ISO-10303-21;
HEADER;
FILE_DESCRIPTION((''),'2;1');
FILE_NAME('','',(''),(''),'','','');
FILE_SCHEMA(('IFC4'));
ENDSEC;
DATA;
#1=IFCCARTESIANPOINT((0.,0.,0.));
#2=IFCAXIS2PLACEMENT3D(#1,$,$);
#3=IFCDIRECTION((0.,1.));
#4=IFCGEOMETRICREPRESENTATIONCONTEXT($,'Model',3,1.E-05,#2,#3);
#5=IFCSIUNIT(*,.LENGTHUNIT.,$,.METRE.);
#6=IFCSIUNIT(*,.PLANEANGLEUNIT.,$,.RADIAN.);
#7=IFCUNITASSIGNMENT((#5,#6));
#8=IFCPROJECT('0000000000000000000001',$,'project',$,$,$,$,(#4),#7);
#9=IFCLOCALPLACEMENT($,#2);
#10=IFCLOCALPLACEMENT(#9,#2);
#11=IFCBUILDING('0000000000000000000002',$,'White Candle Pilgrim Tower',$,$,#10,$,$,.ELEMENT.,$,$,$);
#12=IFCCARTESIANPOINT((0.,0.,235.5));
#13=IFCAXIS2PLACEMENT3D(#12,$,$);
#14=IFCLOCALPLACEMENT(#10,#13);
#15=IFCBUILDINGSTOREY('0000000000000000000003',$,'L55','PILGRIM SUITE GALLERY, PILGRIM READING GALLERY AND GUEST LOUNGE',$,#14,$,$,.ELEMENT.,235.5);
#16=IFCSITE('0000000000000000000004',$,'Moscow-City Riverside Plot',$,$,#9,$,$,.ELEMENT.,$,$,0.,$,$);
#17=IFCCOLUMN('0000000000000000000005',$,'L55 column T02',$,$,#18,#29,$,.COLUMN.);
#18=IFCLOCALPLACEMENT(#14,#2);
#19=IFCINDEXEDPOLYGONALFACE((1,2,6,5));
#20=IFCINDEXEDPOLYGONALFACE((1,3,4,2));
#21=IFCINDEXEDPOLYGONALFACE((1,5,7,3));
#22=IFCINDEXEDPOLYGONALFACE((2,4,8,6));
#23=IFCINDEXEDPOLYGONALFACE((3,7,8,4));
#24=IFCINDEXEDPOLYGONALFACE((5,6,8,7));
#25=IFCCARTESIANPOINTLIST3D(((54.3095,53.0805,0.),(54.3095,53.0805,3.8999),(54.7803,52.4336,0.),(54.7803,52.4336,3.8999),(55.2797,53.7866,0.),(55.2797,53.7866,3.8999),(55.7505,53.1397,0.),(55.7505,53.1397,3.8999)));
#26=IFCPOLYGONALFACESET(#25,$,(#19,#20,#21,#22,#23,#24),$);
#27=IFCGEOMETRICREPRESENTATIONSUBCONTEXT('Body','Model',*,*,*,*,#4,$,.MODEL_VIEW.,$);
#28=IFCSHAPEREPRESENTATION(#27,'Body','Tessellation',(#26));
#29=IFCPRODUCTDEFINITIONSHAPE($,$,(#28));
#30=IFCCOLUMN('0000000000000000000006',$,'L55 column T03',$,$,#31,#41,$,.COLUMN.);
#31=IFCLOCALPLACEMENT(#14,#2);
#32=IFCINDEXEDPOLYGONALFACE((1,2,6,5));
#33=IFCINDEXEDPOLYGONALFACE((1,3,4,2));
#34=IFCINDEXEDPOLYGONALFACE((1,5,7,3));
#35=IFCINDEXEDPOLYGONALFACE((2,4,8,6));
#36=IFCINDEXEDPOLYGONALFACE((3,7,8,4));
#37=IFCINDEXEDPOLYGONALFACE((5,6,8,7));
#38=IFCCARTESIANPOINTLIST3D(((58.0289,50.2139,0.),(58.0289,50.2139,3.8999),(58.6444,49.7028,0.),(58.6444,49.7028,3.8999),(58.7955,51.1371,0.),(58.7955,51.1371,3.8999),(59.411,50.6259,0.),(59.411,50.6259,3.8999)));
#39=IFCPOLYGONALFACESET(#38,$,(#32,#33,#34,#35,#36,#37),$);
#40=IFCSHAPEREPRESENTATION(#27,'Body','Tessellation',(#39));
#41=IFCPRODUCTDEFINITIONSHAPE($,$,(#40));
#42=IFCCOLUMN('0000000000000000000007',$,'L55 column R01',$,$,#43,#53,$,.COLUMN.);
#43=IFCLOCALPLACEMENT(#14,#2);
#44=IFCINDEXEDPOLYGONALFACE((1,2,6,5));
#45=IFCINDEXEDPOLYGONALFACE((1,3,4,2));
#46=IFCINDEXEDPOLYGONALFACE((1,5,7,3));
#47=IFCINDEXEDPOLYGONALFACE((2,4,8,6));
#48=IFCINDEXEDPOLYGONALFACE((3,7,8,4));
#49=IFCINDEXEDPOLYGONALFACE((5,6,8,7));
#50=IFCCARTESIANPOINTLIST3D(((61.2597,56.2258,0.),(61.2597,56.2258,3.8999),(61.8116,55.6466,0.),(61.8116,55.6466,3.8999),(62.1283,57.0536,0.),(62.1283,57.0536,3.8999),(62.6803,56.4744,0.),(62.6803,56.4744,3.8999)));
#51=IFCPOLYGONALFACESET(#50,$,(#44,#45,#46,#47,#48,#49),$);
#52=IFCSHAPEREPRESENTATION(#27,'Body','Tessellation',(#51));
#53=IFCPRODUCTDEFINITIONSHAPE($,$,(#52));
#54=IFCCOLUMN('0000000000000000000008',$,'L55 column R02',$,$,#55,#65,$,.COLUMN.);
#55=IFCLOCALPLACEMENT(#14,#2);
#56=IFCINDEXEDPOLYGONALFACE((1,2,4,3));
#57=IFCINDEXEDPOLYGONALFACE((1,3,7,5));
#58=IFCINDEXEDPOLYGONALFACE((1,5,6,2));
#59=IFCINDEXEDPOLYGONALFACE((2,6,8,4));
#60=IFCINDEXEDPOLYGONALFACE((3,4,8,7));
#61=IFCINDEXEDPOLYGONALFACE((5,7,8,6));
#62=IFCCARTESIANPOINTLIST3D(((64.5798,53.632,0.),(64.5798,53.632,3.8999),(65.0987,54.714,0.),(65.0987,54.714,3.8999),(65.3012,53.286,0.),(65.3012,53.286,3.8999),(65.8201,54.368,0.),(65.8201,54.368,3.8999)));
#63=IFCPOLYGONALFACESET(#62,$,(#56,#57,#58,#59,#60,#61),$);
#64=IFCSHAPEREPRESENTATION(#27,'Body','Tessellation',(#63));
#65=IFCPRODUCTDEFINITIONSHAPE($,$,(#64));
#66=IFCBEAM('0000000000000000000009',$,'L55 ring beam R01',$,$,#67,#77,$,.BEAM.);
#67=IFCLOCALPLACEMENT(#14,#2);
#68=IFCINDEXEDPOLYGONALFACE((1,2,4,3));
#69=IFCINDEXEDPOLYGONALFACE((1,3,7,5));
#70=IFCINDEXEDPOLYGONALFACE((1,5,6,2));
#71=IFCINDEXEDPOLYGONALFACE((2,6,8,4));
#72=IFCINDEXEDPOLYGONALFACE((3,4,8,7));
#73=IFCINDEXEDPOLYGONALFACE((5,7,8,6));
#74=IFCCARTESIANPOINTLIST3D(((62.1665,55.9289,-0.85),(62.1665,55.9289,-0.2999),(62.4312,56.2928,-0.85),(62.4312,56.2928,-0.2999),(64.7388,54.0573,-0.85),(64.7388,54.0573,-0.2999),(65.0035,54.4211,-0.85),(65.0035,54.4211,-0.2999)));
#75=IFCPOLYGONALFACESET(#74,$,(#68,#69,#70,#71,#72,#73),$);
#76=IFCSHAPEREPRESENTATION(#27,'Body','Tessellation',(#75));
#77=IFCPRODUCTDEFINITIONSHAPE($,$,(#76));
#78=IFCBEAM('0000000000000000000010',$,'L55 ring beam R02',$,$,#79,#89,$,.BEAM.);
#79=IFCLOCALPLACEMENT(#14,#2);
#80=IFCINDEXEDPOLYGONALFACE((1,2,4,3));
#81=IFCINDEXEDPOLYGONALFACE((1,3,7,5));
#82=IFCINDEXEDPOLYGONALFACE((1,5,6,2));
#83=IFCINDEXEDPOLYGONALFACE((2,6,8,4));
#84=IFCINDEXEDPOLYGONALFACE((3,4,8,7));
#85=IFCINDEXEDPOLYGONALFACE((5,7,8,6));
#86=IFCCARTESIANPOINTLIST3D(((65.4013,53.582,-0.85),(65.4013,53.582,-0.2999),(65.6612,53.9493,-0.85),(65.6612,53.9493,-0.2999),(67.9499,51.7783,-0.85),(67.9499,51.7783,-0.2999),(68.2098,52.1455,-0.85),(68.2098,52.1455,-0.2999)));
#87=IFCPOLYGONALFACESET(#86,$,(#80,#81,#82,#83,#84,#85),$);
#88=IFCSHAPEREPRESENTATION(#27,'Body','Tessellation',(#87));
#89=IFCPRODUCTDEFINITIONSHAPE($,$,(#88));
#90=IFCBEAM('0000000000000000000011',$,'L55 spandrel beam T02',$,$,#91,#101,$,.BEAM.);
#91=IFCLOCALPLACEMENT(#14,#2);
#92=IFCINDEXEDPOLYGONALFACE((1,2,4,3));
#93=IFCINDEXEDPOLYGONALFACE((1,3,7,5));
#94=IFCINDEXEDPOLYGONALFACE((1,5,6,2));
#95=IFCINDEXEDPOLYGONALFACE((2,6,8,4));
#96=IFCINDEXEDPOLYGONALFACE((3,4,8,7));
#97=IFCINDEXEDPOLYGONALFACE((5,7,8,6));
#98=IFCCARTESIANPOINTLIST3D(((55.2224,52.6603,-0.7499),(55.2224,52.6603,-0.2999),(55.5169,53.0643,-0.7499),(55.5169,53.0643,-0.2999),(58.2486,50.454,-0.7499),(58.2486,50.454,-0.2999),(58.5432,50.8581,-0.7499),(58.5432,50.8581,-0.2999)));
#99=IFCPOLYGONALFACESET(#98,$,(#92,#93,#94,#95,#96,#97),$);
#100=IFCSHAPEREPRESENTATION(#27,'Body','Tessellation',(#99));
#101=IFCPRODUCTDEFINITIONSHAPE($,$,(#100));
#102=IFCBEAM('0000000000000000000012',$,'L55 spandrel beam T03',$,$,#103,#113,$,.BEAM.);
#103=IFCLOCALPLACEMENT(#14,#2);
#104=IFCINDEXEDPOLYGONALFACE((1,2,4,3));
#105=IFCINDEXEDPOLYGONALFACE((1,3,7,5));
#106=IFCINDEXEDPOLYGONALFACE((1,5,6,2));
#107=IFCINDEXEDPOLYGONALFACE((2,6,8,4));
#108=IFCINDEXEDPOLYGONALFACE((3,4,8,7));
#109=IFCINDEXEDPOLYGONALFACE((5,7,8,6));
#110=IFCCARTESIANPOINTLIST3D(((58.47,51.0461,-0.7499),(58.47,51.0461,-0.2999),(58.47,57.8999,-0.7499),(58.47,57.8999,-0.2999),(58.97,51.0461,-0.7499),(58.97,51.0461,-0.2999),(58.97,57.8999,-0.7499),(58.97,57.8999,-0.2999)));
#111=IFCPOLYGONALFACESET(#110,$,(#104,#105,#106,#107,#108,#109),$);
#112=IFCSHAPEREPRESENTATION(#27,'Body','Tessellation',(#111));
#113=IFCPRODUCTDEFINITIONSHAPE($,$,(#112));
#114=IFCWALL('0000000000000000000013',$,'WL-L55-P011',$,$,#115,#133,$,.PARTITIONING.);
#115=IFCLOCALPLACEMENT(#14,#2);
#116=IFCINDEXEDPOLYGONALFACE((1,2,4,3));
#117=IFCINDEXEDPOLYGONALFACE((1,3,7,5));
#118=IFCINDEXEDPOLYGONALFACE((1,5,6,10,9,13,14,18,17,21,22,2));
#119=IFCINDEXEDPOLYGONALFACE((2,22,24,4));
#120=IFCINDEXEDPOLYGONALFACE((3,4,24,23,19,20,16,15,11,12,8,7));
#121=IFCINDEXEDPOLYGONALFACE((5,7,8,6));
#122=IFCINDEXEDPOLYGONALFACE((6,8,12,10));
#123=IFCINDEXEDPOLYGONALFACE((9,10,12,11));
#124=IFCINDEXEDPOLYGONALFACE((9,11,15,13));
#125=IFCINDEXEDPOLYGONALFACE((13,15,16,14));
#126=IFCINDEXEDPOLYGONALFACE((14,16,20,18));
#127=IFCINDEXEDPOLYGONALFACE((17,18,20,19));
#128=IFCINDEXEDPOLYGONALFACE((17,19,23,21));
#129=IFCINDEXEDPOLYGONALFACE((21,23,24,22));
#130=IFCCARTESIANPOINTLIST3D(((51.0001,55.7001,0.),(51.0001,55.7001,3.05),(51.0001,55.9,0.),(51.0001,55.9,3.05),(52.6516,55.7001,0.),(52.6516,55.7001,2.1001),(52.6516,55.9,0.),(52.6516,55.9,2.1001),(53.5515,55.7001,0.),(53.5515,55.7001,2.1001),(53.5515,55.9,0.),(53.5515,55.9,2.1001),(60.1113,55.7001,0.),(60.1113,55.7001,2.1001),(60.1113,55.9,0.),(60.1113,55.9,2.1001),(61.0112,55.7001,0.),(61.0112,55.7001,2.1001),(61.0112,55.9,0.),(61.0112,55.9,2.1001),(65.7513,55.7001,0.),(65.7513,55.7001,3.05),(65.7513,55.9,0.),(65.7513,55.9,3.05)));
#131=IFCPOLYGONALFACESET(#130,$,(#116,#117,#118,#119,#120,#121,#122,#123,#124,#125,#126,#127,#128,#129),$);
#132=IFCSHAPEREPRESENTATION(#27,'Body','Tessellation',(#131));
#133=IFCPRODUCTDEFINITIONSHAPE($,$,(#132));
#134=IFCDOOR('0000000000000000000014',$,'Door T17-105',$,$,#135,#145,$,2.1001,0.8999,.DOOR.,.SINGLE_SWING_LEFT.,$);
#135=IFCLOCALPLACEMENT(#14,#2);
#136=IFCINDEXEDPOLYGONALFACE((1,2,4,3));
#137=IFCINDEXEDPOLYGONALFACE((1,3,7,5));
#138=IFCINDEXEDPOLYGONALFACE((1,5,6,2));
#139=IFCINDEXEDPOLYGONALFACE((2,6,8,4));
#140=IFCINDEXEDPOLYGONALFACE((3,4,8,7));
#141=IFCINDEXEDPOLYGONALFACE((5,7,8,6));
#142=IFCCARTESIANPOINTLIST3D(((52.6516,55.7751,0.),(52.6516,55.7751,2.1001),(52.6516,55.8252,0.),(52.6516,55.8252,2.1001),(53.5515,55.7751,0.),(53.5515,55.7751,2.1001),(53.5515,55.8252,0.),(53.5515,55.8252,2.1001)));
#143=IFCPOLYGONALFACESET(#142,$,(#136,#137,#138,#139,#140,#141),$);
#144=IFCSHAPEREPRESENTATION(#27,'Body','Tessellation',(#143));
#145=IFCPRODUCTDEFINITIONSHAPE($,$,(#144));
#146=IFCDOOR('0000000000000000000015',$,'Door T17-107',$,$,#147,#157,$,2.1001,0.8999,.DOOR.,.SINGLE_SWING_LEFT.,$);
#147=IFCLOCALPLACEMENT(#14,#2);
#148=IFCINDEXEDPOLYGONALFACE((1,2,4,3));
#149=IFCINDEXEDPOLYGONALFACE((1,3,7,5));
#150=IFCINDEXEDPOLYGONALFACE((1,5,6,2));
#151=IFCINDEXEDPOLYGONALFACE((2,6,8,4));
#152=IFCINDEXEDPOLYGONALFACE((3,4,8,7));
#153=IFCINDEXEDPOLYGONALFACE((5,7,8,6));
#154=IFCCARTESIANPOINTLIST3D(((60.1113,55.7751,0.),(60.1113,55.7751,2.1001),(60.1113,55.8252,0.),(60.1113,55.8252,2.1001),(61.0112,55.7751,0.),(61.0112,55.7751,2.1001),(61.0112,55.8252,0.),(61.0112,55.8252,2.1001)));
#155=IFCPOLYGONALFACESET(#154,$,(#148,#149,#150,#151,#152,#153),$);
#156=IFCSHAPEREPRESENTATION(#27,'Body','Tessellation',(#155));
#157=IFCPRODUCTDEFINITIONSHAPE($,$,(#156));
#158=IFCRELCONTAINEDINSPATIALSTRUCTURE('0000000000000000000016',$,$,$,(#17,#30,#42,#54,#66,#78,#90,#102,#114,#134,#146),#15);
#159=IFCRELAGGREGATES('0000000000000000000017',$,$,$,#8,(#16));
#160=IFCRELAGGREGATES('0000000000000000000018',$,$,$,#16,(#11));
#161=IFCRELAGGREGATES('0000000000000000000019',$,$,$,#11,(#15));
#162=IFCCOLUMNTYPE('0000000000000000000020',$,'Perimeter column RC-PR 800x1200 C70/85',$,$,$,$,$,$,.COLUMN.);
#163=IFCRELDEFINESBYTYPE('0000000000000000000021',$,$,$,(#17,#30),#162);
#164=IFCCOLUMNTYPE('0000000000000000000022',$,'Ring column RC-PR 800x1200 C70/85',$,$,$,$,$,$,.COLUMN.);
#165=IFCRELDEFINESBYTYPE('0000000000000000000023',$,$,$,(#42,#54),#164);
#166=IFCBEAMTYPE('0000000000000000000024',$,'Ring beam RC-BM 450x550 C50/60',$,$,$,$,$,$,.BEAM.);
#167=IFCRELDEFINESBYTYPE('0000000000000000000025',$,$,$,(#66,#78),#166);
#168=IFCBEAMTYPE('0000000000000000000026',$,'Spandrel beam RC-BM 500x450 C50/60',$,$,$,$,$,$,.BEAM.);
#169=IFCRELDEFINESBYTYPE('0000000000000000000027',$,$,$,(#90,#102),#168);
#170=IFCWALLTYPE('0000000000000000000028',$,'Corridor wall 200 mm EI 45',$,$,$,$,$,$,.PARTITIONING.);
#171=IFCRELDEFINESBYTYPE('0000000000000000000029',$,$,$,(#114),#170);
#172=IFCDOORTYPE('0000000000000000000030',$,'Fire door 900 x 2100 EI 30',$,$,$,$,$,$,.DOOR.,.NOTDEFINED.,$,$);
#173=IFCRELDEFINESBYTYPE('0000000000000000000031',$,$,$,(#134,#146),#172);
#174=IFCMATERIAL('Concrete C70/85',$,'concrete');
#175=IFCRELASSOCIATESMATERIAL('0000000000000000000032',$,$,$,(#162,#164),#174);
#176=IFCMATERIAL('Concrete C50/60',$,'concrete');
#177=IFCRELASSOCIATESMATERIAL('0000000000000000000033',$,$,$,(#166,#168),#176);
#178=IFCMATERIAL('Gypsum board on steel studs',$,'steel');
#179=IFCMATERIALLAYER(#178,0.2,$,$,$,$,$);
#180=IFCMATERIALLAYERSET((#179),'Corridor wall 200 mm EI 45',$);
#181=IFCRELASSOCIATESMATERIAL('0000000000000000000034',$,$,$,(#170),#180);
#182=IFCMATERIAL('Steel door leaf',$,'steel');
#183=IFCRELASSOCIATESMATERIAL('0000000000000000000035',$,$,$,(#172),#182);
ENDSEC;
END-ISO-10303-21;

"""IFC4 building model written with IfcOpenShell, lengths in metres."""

from ifc_helpers import new_model, si_unit, direction, frame, frame_2d, origin, origin_2d, place, context, subcontext, project, spatial, rectangle, extrude, material, layer, layer_set, material_profile, profile_set, type_object, element, fill, save


model = new_model("IFC4")

# Units and contexts
model_context = context("Model", 3, precision=1e-05, world=origin(), true_north=direction((0.0, 1.0)))
body_context = subcontext(model_context, "Body", "Model", "MODEL_VIEW")
ifc_project = project(units=[si_unit("LENGTHUNIT", "METRE"), si_unit("PLANEANGLEUNIT", "RADIAN")], contexts=[model_context])

# Site, building, storey
site_placement = place(None, origin())
site = spatial("IfcSite", under=ifc_project, at=site_placement, Name="Moscow-City Riverside Plot", CompositionType="ELEMENT", RefElevation=0.0)
building_placement = place(site_placement, origin())
building = spatial("IfcBuilding", under=site, at=building_placement, Name="White Candle Pilgrim Tower", CompositionType="ELEMENT")
storey_placement = place(building_placement, frame((0.0, 0.0, 235.5)))
storey = spatial("IfcBuildingStorey", under=building, at=storey_placement, Name="L55", Description="PILGRIM SUITE GALLERY, PILGRIM READING GALLERY AND GUEST LOUNGE", CompositionType="ELEMENT", Elevation=235.5)

# Columns
ifc_material_1 = material(Name="Concrete C70/85", Category="concrete")
ifc_material_profile_1 = material_profile(ifc_material_1, rectangle(XDim=0.8, YDim=1.2, at=origin_2d()), Name="RC-PR 800x1200")
ifc_profile_set_1 = profile_set([ifc_material_profile_1], Name="Concrete C70/85")
column_type_1 = type_object("IfcColumnType", Name="Perimeter column RC-PR 800x1200 C70/85", PredefinedType="COLUMN", material=ifc_profile_set_1)
for number, where, z_axis, x_axis, name in (
    (1, (55.03, 53.1101, 0.0), (0.0, 0.0, 1.0), (-0.588463, 0.808524, 0.0), "L55 column T02"),
    (2, (58.72, 50.4199, 0.0), (0.0, 0.0, 1.0), (-0.76931, 0.638875, 0.0), "L55 column T03"),
):
    element("IfcColumn", number, at=place(storey_placement, frame(where, z_axis=z_axis, x_axis=x_axis)), inside=storey, type_object=column_type_1, Name=name, PredefinedType="COLUMN", context=body_context, shape_type="SweptSolid", body=[
        extrude(rectangle(XDim=0.8, YDim=1.2, at=origin_2d()), origin(), (0.0, 0.0, 1.0), 3.8999),
    ])
ifc_material_profile_2 = material_profile(ifc_material_1, rectangle(XDim=0.8, YDim=1.2, at=origin_2d()), Name="RC-PR 800x1200")
ifc_profile_set_2 = profile_set([ifc_material_profile_2], Name="Concrete C70/85")
column_type_2 = type_object("IfcColumnType", Name="Ring column RC-PR 800x1200 C70/85", PredefinedType="COLUMN", material=ifc_profile_set_2)
for number, where, z_axis, x_axis, name in (
    (3, (61.97, 56.3501, 0.0), (0.0, 0.0, 1.0), (-0.689872, 0.723931, 0.0), "L55 column R01"),
    (4, (65.2, 54.0, 0.0), (0.0, 0.0, 1.0), (-0.901689, 0.432385, 0.0), "L55 column R02"),
):
    element("IfcColumn", number, at=place(storey_placement, frame(where, z_axis=z_axis, x_axis=x_axis)), inside=storey, type_object=column_type_2, Name=name, PredefinedType="COLUMN", context=body_context, shape_type="SweptSolid", body=[
        extrude(rectangle(XDim=0.8, YDim=1.2, at=origin_2d()), origin(), (0.0, 0.0, 1.0), 3.8999),
    ])

# Beams
ifc_material_2 = material(Name="Concrete C50/60", Category="concrete")
ifc_material_profile_3 = material_profile(ifc_material_2, rectangle(XDim=0.45, YDim=0.55, at=origin_2d()), Name="RC-BM 450x550")
ifc_profile_set_3 = profile_set([ifc_material_profile_3], Name="Concrete C50/60")
beam_type_1 = type_object("IfcBeamType", Name="Ring beam RC-BM 450x550 C50/60", PredefinedType="BEAM", material=ifc_profile_set_3)
beam_1_placement = place(storey_placement, frame((62.2988, 56.1108, -0.575), z_axis=(0.80861, -0.588345, 0.0), x_axis=(0.588345, 0.80861, 0.0)))
element("IfcBeam", 5, at=beam_1_placement, inside=storey, type_object=beam_type_1, Name="L55 ring beam R01", PredefinedType="BEAM", context=body_context, shape_type="SweptSolid", body=[
    extrude(rectangle(XDim=0.45, YDim=0.55, at=origin_2d()), origin(), (0.0, 0.0, 1.0), 3.1812),
])
beam_2_placement = place(storey_placement, frame((65.5312, 53.7656, -0.575), z_axis=(0.816256, -0.57769, 0.0), x_axis=(0.57769, 0.816256, 0.0)))
element("IfcBeam", 6, at=beam_2_placement, inside=storey, type_object=beam_type_1, Name="L55 ring beam R02", PredefinedType="BEAM", context=body_context, shape_type="SweptSolid", body=[
    extrude(rectangle(XDim=0.45, YDim=0.55, at=origin_2d()), origin(), (0.0, 0.0, 1.0), 3.1223),
])
ifc_material_profile_4 = material_profile(ifc_material_2, rectangle(XDim=0.5, YDim=0.45, at=origin_2d()), Name="RC-BM 500x450")
ifc_profile_set_4 = profile_set([ifc_material_profile_4], Name="Concrete C50/60")
beam_type_2 = type_object("IfcBeamType", Name="Spandrel beam RC-BM 500x450 C50/60", PredefinedType="BEAM", material=ifc_profile_set_4)
beam_3_placement = place(storey_placement, frame((55.3696, 52.8623, -0.5249), z_axis=(0.808062, -0.589098, 0.0), x_axis=(0.589098, 0.808062, 0.0)))
element("IfcBeam", 7, at=beam_3_placement, inside=storey, type_object=beam_type_2, Name="L55 spandrel beam T02", PredefinedType="BEAM", context=body_context, shape_type="SweptSolid", body=[
    extrude(rectangle(XDim=0.5, YDim=0.45, at=origin_2d()), origin(), (0.0, 0.0, 1.0), 3.7451),
])
beam_4_placement = place(storey_placement, frame((58.72, 51.0461, -0.5249), z_axis=(0.0, 1.0, 0.0), x_axis=(-1.0, 0.0, 0.0)))
element("IfcBeam", 8, at=beam_4_placement, inside=storey, type_object=beam_type_2, Name="L55 spandrel beam T03", PredefinedType="BEAM", context=body_context, shape_type="SweptSolid", body=[
    extrude(rectangle(XDim=0.5, YDim=0.45, at=origin_2d()), origin(), (0.0, 0.0, 1.0), 6.8538),
])

# Wall, openings, doors
ifc_material_3 = material(Name="Gypsum board on steel studs", Category="steel")
ifc_layer_1 = layer(ifc_material_3, 0.2)
ifc_layer_set_1 = layer_set([ifc_layer_1], Name="Corridor wall 200 mm EI 45")
wall_type_1 = type_object("IfcWallType", Name="Corridor wall 200 mm EI 45", PredefinedType="PARTITIONING", material=ifc_layer_set_1)
wall_1_placement = place(storey_placement, frame((65.7512, 55.8, 0.0), z_axis=(0.0, 0.0, 1.0), x_axis=(-1.0, 0.0, 0.0)))
wall_1 = element("IfcWall", 9, at=wall_1_placement, inside=storey, type_object=wall_type_1, Name="WL-L55-P011", PredefinedType="PARTITIONING", context=body_context, shape_type="SweptSolid", body=[
    extrude(rectangle(XDim=14.7512, YDim=0.2, at=frame_2d((7.3755, 0.0))), origin(), (0.0, 0.0, 1.0), 3.05),
])
opening_1_placement = place(wall_1_placement, frame((12.1997, 0.0, 0.0)))
opening_1 = element("IfcOpeningElement", 10, at=opening_1_placement, cuts=wall_1, PredefinedType="OPENING", context=body_context, shape_type="SweptSolid", body=[
    extrude(rectangle(XDim=0.8999, YDim=2.1001, at=frame_2d((0.45, 1.05))), frame((0.0, 0.1099, 0.0), z_axis=(0.0, -1.0, 0.0), x_axis=(1.0, 0.0, 0.0)), (0.0, 0.0, 1.0), 0.22),
])
opening_2_placement = place(wall_1_placement, frame((4.74, 0.0, 0.0)))
opening_2 = element("IfcOpeningElement", 11, at=opening_2_placement, cuts=wall_1, PredefinedType="OPENING", context=body_context, shape_type="SweptSolid", body=[
    extrude(rectangle(XDim=0.8999, YDim=2.1001, at=frame_2d((0.45, 1.05))), frame((0.0, 0.1099, 0.0), z_axis=(0.0, -1.0, 0.0), x_axis=(1.0, 0.0, 0.0)), (0.0, 0.0, 1.0), 0.22),
])
ifc_material_4 = material(Name="Steel door leaf", Category="steel")
door_type_1 = type_object("IfcDoorType", Name="Fire door 900 x 2100 EI 30", OperationType="NOTDEFINED", PredefinedType="DOOR", material=ifc_material_4)
door_1_placement = place(opening_1_placement, origin())
door_1 = element("IfcDoor", 12, at=door_1_placement, inside=storey, type_object=door_type_1, Name="Door T17-105", OperationType="SINGLE_SWING_LEFT", OverallHeight=2.1001, OverallWidth=0.8999, PredefinedType="DOOR", context=body_context, shape_type="SweptSolid", body=[
    extrude(rectangle(XDim=0.8999, YDim=2.1001, at=frame_2d((0.45, 1.05))), frame((0.0, 0.0249, 0.0), z_axis=(0.0, -1.0, 0.0), x_axis=(1.0, 0.0, 0.0)), (0.0, 0.0, 1.0), 0.05),
])
fill(opening_1, door_1)
door_2_placement = place(opening_2_placement, origin())
door_2 = element("IfcDoor", 13, at=door_2_placement, inside=storey, type_object=door_type_1, Name="Door T17-107", OperationType="SINGLE_SWING_LEFT", OverallHeight=2.1001, OverallWidth=0.8999, PredefinedType="DOOR", context=body_context, shape_type="SweptSolid", body=[
    extrude(rectangle(XDim=0.8999, YDim=2.1001, at=frame_2d((0.45, 1.05))), frame((0.0, 0.0249, 0.0), z_axis=(0.0, -1.0, 0.0), x_axis=(1.0, 0.0, 0.0)), (0.0, 0.0, 1.0), 0.05),
])
fill(opening_2, door_2)

save(model, "model.ifc")
